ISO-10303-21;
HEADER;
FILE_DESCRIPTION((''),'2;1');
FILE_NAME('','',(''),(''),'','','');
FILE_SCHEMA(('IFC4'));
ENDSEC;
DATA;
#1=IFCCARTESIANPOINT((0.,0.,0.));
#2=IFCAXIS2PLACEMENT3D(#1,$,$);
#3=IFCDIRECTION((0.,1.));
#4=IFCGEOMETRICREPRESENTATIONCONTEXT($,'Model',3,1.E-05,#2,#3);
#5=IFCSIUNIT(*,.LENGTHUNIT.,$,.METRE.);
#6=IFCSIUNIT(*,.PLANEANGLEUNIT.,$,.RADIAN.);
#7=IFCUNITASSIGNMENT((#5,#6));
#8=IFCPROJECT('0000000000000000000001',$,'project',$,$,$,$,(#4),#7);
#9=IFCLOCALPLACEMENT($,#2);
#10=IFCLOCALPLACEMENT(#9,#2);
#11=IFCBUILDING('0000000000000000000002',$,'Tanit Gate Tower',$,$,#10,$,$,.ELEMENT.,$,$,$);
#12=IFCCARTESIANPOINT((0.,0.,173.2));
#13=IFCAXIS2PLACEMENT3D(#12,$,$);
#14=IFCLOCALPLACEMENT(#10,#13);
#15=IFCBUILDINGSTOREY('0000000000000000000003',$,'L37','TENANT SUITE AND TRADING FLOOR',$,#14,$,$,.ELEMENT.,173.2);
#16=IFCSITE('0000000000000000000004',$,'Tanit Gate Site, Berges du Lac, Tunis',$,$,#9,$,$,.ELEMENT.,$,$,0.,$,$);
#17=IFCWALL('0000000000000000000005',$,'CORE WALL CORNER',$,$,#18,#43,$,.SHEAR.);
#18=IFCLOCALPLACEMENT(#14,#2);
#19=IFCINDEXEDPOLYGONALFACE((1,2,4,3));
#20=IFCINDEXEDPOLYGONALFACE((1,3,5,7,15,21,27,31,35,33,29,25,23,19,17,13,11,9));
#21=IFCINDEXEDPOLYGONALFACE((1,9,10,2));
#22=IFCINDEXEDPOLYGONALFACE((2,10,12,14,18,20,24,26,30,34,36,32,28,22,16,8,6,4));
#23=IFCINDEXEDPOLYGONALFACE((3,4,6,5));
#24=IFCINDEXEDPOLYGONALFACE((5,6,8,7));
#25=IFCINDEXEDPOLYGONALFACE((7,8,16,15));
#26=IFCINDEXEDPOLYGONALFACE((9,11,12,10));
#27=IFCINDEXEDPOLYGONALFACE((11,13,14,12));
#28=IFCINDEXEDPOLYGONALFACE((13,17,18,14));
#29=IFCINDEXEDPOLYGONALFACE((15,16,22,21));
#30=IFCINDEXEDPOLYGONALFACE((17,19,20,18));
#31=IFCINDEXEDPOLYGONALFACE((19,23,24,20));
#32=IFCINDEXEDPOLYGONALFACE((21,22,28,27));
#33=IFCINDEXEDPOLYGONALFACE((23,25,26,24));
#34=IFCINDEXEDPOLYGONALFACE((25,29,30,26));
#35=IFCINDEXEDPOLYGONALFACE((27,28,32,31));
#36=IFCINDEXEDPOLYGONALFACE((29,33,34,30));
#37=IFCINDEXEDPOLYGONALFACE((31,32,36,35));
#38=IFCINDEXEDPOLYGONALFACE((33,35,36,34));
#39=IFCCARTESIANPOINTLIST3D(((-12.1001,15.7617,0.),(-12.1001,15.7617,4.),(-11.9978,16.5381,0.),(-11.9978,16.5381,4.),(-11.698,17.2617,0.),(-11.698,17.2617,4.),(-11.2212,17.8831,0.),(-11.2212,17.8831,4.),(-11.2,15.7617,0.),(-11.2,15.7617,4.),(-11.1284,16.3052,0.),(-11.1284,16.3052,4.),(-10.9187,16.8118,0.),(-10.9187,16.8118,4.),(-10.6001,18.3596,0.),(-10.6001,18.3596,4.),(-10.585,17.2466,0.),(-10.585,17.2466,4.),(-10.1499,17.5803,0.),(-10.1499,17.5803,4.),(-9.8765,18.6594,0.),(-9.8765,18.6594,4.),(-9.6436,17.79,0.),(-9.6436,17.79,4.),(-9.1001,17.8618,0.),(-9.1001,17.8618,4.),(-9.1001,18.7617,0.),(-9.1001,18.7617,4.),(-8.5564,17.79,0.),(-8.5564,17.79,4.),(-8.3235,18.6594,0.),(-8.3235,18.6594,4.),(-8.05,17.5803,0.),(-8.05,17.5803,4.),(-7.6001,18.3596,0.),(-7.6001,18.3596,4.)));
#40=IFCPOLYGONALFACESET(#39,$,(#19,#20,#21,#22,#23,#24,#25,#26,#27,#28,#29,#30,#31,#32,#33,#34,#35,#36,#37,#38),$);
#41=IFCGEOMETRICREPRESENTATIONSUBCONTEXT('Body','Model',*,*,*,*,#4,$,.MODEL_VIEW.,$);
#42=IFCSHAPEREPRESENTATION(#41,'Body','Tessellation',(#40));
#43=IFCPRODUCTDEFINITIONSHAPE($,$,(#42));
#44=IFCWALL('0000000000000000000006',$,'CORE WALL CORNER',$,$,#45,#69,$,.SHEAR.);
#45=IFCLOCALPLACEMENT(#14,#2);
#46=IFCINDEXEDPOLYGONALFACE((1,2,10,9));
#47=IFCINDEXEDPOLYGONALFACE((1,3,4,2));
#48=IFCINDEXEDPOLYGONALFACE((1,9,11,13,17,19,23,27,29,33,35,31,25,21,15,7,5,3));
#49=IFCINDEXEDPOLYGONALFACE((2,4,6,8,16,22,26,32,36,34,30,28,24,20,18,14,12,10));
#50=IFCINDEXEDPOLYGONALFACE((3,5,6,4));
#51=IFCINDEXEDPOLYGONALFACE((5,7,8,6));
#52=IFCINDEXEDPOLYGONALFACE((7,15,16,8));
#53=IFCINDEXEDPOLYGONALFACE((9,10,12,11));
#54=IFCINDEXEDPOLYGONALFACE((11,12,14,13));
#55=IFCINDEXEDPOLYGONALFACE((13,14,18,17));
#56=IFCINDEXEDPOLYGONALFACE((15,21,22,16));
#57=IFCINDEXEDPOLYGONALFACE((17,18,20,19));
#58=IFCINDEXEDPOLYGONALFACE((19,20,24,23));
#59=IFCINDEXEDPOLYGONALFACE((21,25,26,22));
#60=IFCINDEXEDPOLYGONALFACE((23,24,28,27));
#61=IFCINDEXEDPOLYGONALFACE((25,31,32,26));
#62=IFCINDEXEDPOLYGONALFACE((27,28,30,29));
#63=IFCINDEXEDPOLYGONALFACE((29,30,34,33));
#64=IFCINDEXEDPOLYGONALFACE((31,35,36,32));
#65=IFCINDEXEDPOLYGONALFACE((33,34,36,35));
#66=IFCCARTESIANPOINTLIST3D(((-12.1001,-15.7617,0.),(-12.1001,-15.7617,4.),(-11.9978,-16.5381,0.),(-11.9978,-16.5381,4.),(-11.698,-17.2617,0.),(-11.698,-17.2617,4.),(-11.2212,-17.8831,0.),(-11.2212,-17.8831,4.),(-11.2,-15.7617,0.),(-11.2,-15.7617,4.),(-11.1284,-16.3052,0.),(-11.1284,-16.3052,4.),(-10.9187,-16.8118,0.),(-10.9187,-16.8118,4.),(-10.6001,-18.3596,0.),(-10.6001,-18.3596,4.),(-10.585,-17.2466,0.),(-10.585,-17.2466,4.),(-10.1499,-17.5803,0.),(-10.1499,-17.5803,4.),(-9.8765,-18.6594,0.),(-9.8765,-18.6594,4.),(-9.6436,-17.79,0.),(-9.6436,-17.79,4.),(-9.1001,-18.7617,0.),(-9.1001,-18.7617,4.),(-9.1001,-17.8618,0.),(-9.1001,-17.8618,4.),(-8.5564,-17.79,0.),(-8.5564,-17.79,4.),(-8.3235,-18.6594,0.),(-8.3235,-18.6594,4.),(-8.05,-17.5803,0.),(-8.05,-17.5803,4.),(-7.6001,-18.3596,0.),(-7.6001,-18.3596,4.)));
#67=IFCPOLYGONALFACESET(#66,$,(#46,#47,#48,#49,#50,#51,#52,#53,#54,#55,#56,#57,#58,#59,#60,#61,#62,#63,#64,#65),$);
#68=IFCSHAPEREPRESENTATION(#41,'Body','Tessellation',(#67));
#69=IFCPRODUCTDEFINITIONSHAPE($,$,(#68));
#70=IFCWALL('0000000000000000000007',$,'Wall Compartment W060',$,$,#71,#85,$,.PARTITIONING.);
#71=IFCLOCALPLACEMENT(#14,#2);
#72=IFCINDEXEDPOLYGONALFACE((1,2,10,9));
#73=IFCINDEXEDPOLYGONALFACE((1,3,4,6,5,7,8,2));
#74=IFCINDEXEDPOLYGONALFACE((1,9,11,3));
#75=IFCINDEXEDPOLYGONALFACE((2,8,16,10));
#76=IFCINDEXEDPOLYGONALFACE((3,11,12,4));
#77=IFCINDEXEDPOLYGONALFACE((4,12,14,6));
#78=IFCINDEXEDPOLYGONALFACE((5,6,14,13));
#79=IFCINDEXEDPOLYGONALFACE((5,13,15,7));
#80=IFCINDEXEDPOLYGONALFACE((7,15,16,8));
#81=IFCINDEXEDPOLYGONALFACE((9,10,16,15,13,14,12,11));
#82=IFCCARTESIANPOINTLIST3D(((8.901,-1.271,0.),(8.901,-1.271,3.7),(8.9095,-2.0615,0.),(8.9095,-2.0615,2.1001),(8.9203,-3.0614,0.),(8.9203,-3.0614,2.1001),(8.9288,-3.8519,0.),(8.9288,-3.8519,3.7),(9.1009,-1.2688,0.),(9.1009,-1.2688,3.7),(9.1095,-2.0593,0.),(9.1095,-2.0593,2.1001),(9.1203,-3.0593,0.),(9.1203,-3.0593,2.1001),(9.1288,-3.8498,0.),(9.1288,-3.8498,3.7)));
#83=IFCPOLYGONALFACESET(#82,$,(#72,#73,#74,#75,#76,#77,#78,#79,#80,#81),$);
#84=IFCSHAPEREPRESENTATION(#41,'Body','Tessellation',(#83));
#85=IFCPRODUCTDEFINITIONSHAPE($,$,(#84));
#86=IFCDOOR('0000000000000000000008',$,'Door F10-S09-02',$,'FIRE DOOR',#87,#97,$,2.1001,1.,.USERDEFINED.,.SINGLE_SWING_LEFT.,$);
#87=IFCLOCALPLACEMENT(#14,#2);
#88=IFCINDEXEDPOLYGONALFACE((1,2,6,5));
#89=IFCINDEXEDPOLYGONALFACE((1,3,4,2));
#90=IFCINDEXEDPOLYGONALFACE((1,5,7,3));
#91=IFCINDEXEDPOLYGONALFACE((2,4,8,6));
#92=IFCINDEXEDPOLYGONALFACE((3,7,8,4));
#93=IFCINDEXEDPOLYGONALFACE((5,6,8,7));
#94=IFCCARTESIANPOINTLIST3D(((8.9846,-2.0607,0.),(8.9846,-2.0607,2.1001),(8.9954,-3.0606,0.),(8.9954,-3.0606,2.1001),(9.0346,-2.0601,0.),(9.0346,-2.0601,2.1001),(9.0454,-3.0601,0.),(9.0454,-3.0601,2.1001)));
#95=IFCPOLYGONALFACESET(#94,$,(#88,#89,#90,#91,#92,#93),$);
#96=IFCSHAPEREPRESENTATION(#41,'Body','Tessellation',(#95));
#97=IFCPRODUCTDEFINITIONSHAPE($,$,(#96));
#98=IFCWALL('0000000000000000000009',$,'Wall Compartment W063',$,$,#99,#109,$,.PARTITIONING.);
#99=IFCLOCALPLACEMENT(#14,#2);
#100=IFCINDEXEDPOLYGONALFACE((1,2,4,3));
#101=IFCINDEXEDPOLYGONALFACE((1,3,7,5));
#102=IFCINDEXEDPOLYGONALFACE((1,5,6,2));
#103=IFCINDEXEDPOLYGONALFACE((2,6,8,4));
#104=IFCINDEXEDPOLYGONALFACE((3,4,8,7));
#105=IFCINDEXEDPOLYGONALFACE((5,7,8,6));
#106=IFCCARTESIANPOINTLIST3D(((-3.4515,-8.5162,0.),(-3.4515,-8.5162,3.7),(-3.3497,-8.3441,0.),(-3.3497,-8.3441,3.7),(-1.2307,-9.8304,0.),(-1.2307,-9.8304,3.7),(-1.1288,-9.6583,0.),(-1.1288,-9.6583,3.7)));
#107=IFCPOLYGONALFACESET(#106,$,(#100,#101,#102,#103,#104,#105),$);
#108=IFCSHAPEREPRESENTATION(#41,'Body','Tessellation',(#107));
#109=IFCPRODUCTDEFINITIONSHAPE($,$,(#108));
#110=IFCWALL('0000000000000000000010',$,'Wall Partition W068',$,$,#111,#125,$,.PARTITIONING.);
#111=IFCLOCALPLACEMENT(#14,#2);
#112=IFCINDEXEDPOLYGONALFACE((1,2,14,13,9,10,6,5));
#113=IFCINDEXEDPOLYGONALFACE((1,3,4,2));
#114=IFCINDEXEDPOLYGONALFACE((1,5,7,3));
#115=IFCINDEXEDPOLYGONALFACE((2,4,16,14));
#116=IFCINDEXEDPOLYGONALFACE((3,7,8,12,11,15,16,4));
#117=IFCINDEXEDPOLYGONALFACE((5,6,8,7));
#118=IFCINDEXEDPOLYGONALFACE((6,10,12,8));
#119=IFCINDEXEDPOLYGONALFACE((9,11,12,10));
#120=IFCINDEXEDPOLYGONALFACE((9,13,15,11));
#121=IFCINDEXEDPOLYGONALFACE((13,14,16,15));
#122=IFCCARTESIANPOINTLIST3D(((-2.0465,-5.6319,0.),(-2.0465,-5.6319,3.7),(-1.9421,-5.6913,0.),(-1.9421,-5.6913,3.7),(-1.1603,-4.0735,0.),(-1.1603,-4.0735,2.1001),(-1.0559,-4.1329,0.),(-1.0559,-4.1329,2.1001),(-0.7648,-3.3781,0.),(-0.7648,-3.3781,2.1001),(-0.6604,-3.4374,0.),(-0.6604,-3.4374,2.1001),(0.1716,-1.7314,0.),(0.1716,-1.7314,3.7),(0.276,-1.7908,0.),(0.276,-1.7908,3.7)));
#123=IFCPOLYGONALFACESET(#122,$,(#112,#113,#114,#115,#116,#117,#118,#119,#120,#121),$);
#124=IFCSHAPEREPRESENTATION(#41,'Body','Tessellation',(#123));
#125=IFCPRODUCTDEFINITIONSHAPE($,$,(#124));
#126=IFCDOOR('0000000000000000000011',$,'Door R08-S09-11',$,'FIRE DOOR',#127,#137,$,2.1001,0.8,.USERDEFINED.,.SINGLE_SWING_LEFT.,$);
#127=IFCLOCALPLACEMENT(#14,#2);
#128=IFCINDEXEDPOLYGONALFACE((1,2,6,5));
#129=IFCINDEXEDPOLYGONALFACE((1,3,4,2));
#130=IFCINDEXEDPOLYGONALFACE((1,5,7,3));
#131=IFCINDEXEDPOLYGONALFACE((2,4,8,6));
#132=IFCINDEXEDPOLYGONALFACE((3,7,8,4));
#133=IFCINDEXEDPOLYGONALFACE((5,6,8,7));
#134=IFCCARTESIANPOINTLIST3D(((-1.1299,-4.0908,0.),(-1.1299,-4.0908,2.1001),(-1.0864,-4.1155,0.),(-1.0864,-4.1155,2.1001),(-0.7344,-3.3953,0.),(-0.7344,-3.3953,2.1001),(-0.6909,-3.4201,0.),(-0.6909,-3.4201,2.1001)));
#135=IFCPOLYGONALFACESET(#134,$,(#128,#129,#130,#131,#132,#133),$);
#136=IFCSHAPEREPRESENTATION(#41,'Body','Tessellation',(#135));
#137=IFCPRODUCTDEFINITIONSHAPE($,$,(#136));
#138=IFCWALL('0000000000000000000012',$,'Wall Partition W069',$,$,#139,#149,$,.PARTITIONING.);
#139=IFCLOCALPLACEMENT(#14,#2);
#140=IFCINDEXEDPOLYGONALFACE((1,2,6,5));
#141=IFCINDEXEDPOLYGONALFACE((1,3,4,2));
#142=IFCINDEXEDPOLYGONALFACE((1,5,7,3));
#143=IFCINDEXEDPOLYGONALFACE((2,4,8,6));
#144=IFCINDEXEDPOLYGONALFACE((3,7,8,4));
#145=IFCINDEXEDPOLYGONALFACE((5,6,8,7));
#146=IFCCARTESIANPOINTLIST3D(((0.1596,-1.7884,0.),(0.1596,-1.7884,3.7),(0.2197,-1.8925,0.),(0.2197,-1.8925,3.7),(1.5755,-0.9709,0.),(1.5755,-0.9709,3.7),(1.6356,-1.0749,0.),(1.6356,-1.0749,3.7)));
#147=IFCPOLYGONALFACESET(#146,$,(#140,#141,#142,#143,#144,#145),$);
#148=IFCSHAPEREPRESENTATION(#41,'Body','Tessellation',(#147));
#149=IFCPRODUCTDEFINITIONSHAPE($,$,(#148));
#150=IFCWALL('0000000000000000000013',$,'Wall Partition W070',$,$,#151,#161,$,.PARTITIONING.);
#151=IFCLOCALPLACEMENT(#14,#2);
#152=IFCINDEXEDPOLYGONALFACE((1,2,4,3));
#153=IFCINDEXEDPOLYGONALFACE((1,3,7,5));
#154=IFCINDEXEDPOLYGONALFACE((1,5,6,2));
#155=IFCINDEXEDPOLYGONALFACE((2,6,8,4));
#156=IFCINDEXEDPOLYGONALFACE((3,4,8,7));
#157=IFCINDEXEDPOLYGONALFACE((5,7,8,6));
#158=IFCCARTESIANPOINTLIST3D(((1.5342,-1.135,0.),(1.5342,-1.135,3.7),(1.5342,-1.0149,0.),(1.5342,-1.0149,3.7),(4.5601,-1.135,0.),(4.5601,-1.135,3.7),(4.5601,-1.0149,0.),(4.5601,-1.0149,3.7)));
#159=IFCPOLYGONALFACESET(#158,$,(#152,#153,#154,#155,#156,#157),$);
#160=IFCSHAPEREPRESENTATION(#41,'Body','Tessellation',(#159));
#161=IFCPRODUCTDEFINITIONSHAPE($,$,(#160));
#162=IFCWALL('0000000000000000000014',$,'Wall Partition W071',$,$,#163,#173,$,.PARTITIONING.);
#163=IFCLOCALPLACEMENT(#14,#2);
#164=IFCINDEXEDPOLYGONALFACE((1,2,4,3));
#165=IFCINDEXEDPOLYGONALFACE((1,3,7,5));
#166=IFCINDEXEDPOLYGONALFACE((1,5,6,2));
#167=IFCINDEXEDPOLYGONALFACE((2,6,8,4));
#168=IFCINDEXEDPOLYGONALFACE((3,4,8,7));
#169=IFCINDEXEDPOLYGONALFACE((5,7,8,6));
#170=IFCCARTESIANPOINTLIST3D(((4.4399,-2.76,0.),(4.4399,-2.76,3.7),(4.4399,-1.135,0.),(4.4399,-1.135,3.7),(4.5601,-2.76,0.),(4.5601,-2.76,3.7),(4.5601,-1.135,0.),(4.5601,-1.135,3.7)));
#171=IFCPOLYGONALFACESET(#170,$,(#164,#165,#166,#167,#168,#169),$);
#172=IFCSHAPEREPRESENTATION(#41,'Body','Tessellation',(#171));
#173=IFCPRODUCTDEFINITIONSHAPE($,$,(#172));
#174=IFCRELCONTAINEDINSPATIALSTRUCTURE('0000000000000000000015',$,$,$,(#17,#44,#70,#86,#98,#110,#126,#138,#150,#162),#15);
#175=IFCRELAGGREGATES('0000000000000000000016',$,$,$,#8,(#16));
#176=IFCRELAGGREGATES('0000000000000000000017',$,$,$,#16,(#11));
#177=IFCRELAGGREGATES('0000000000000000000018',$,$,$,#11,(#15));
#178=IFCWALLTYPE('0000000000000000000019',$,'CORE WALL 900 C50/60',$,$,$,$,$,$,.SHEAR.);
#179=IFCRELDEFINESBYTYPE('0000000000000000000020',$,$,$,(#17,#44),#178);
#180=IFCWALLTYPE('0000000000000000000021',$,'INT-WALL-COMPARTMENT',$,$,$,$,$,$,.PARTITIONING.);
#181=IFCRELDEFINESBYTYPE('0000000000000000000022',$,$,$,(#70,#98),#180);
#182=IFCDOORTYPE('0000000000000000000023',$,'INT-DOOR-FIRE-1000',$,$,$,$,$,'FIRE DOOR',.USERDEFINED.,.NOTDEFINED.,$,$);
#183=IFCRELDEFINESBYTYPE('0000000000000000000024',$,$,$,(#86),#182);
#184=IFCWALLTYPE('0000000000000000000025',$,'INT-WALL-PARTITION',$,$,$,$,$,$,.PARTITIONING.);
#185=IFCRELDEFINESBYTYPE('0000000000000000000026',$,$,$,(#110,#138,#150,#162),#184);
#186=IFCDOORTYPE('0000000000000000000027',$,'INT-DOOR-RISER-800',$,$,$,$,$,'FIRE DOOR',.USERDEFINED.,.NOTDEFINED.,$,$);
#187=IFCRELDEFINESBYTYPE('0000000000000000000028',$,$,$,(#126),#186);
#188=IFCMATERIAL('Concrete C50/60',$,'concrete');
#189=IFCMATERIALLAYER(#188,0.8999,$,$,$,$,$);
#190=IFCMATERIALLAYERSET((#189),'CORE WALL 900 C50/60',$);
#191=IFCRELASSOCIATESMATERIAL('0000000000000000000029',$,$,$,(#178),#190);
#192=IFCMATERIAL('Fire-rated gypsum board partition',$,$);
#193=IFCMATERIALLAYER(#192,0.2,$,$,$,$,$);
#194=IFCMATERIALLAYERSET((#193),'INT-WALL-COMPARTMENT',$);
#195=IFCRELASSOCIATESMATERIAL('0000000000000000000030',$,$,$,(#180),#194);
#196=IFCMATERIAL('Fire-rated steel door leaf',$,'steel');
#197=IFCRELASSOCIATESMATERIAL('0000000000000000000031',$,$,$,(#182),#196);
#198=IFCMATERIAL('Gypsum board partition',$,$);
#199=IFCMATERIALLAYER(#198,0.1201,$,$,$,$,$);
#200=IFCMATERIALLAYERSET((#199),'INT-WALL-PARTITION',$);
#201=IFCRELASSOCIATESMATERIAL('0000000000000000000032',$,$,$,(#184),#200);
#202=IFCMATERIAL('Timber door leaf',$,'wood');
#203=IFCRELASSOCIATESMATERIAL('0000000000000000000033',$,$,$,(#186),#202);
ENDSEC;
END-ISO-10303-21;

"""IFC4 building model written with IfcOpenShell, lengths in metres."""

from ifc_helpers import new_model, si_unit, direction, frame, frame_2d, origin, place, context, subcontext, project, spatial, polyline, rectangle, outline, extrude, material, layer, layer_set, type_object, element, fill, save


model = new_model("IFC4")

# Units and contexts
model_context = context("Model", 3, precision=1e-05, world=origin(), true_north=direction((0.0, 1.0)))
body_context = subcontext(model_context, "Body", "Model", "MODEL_VIEW")
ifc_project = project(units=[si_unit("LENGTHUNIT", "METRE"), si_unit("PLANEANGLEUNIT", "RADIAN")], contexts=[model_context])

# Site, building, storey
site_placement = place(None, origin())
site = spatial("IfcSite", under=ifc_project, at=site_placement, Name="Tanit Gate Site, Berges du Lac, Tunis", CompositionType="ELEMENT", RefElevation=0.0)
building_placement = place(site_placement, origin())
building = spatial("IfcBuilding", under=site, at=building_placement, Name="Tanit Gate Tower", CompositionType="ELEMENT")
storey_placement = place(building_placement, frame((0.0, 0.0, 173.2)))
storey = spatial("IfcBuildingStorey", under=building, at=storey_placement, Name="L37", Description="TENANT SUITE AND TRADING FLOOR", CompositionType="ELEMENT", Elevation=173.2)

# Walls
ifc_material_1 = material(Name="Concrete C50/60", Category="concrete")
ifc_layer_1 = layer(ifc_material_1, 0.8999)
ifc_layer_set_1 = layer_set([ifc_layer_1], Name="CORE WALL 900 C50/60")
wall_type_1 = type_object("IfcWallType", Name="CORE WALL 900 C50/60", PredefinedType="SHEAR", material=ifc_layer_set_1)
wall_1_placement = place(storey_placement, origin())
element("IfcWall", 1, at=wall_1_placement, inside=storey, type_object=wall_type_1, Name="CORE WALL CORNER", PredefinedType="SHEAR", context=body_context, shape_type="SweptSolid", body=[
    extrude(outline(polyline([(-7.6001, 18.3596), (-8.3235, 18.6594), (-9.1001, 18.7617), (-9.8765, 18.6594), (-10.6001, 18.3596), (-11.2212, 17.8831), (-11.698, 17.2617), (-11.9978, 16.5381), (-12.1001, 15.7617), (-11.2, 15.7617), (-11.1284, 16.3052), (-10.9187, 16.8118), (-10.585, 17.2466), (-10.1499, 17.5803), (-9.6436, 17.79), (-9.1001, 17.8618), (-8.5564, 17.79), (-8.05, 17.5803), (-7.6001, 18.3596)])), origin(), (0.0, 0.0, 1.0), 4.0),
])
wall_2_placement = place(storey_placement, origin())
element("IfcWall", 2, at=wall_2_placement, inside=storey, type_object=wall_type_1, Name="CORE WALL CORNER", PredefinedType="SHEAR", context=body_context, shape_type="SweptSolid", body=[
    extrude(outline(polyline([(-12.1001, -15.7617), (-11.9978, -16.5381), (-11.698, -17.2617), (-11.2212, -17.8831), (-10.6001, -18.3596), (-9.8765, -18.6594), (-9.1001, -18.7617), (-8.3235, -18.6594), (-7.6001, -18.3596), (-8.05, -17.5803), (-8.5564, -17.79), (-9.1001, -17.8618), (-9.6436, -17.79), (-10.1499, -17.5803), (-10.585, -17.2466), (-10.9187, -16.8118), (-11.1284, -16.3052), (-11.2, -15.7617), (-12.1001, -15.7617)])), origin(), (0.0, 0.0, 1.0), 4.0),
])

# Wall, opening, door
ifc_material_2 = material(Name="Fire-rated gypsum board partition")
ifc_layer_2 = layer(ifc_material_2, 0.2)
ifc_layer_set_2 = layer_set([ifc_layer_2], Name="INT-WALL-COMPARTMENT")
wall_type_2 = type_object("IfcWallType", Name="INT-WALL-COMPARTMENT", PredefinedType="PARTITIONING", material=ifc_layer_set_2)
wall_3_placement = place(storey_placement, frame((9.0288, -3.8508, 0.0), z_axis=(0.0, 0.0, 1.0), x_axis=(-0.010784, 0.999942, 0.0)))
wall_3 = element("IfcWall", 3, at=wall_3_placement, inside=storey, type_object=wall_type_2, Name="Wall Compartment W060", PredefinedType="PARTITIONING", context=body_context, shape_type="SweptSolid", body=[
    extrude(rectangle(XDim=2.5811, YDim=0.2, at=frame_2d((1.2905, 0.0))), origin(), (0.0, 0.0, 1.0), 3.7),
])
opening_1_placement = place(wall_3_placement, frame((0.7905, 0.0, 0.0)))
opening_1 = element("IfcOpeningElement", 4, at=opening_1_placement, cuts=wall_3, PredefinedType="OPENING", context=body_context, shape_type="SweptSolid", body=[
    extrude(rectangle(XDim=1.0, YDim=2.1001, at=frame_2d((0.5, 1.05))), frame((0.0, 0.1099, 0.0), z_axis=(0.0, -1.0, 0.0), x_axis=(1.0, 0.0, 0.0)), (0.0, 0.0, 1.0), 0.22),
])
ifc_material_3 = material(Name="Fire-rated steel door leaf", Category="steel")
door_type_1 = type_object("IfcDoorType", Name="INT-DOOR-FIRE-1000", ElementType="FIRE DOOR", OperationType="NOTDEFINED", PredefinedType="USERDEFINED", material=ifc_material_3)
door_1_placement = place(opening_1_placement, origin())
door_1 = element("IfcDoor", 5, at=door_1_placement, inside=storey, type_object=door_type_1, Name="Door F10-S09-02", ObjectType="FIRE DOOR", OperationType="SINGLE_SWING_LEFT", OverallHeight=2.1001, OverallWidth=1.0, PredefinedType="USERDEFINED", context=body_context, shape_type="SweptSolid", body=[
    extrude(rectangle(XDim=1.0, YDim=2.1001, at=frame_2d((0.5, 1.05))), frame((0.0, 0.0249, 0.0), z_axis=(0.0, -1.0, 0.0), x_axis=(1.0, 0.0, 0.0)), (0.0, 0.0, 1.0), 0.05),
])
fill(opening_1, door_1)

# Wall
wall_4_placement = place(storey_placement, frame((-3.4006, -8.4302, 0.0), z_axis=(0.0, 0.0, 1.0), x_axis=(0.860616, -0.509255, 0.0)))
element("IfcWall", 6, at=wall_4_placement, inside=storey, type_object=wall_type_2, Name="Wall Compartment W063", PredefinedType="PARTITIONING", context=body_context, shape_type="SweptSolid", body=[
    extrude(rectangle(XDim=2.5806, YDim=0.2, at=frame_2d((1.2903, 0.0))), origin(), (0.0, 0.0, 1.0), 3.7),
])

# Wall, opening, door
ifc_material_4 = material(Name="Gypsum board partition")
ifc_layer_3 = layer(ifc_material_4, 0.1201)
ifc_layer_set_3 = layer_set([ifc_layer_3], Name="INT-WALL-PARTITION")
wall_type_3 = type_object("IfcWallType", Name="INT-WALL-PARTITION", PredefinedType="PARTITIONING", material=ifc_layer_set_3)
wall_5_placement = place(storey_placement, frame((0.2239, -1.761, 0.0), z_axis=(0.0, 0.0, 1.0), x_axis=(-0.494327, -0.869276, 0.0)))
wall_5 = element("IfcWall", 7, at=wall_5_placement, inside=storey, type_object=wall_type_3, Name="Wall Partition W068", PredefinedType="PARTITIONING", context=body_context, shape_type="SweptSolid", body=[
    extrude(rectangle(XDim=4.4871, YDim=0.1201, at=frame_2d((2.2437, 0.0))), origin(), (0.0, 0.0, 1.0), 3.7),
])
opening_2_placement = place(wall_5_placement, frame((1.8945, 0.0, 0.0)))
opening_2 = element("IfcOpeningElement", 8, at=opening_2_placement, cuts=wall_5, PredefinedType="OPENING", context=body_context, shape_type="SweptSolid", body=[
    extrude(rectangle(XDim=0.8, YDim=2.1001, at=frame_2d((0.3999, 1.05))), frame((0.0, 0.0701, 0.0), z_axis=(0.0, -1.0, 0.0), x_axis=(1.0, 0.0, 0.0)), (0.0, 0.0, 1.0), 0.1401),
])
ifc_material_5 = material(Name="Timber door leaf", Category="wood")
door_type_2 = type_object("IfcDoorType", Name="INT-DOOR-RISER-800", ElementType="FIRE DOOR", OperationType="NOTDEFINED", PredefinedType="USERDEFINED", material=ifc_material_5)
door_2_placement = place(opening_2_placement, origin())
door_2 = element("IfcDoor", 9, at=door_2_placement, inside=storey, type_object=door_type_2, Name="Door R08-S09-11", ObjectType="FIRE DOOR", OperationType="SINGLE_SWING_LEFT", OverallHeight=2.1001, OverallWidth=0.8, PredefinedType="USERDEFINED", context=body_context, shape_type="SweptSolid", body=[
    extrude(rectangle(XDim=0.8, YDim=2.1001, at=frame_2d((0.3999, 1.05))), frame((0.0, 0.0249, 0.0), z_axis=(0.0, -1.0, 0.0), x_axis=(1.0, 0.0, 0.0)), (0.0, 0.0, 1.0), 0.05),
])
fill(opening_2, door_2)

# Walls
wall_6_placement = place(storey_placement, frame((1.6055, -1.0229, 0.0), z_axis=(0.0, 0.0, 1.0), x_axis=(-0.866002, -0.500041, 0.0)))
element("IfcWall", 10, at=wall_6_placement, inside=storey, type_object=wall_type_3, Name="Wall Partition W069", PredefinedType="PARTITIONING", context=body_context, shape_type="SweptSolid", body=[
    extrude(rectangle(XDim=1.635, YDim=0.1201, at=frame_2d((0.8174, 0.0))), origin(), (0.0, 0.0, 1.0), 3.7),
])
wall_7_placement = place(storey_placement, frame((4.5601, -1.075, 0.0), z_axis=(0.0, 0.0, 1.0), x_axis=(-1.0, 0.0, 0.0)))
element("IfcWall", 11, at=wall_7_placement, inside=storey, type_object=wall_type_3, Name="Wall Partition W070", PredefinedType="PARTITIONING", context=body_context, shape_type="SweptSolid", body=[
    extrude(rectangle(XDim=3.0259, YDim=0.1201, at=frame_2d((1.5129, 0.0))), origin(), (0.0, 0.0, 1.0), 3.7),
])
wall_8_placement = place(storey_placement, frame((4.5, -2.76, 0.0), z_axis=(0.0, 0.0, 1.0), x_axis=(0.0, 1.0, 0.0)))
element("IfcWall", 12, at=wall_8_placement, inside=storey, type_object=wall_type_3, Name="Wall Partition W071", PredefinedType="PARTITIONING", context=body_context, shape_type="SweptSolid", body=[
    extrude(rectangle(XDim=1.625, YDim=0.1201, at=frame_2d((0.8125, 0.0))), origin(), (0.0, 0.0, 1.0), 3.7),
])

save(model, "model.ifc")
